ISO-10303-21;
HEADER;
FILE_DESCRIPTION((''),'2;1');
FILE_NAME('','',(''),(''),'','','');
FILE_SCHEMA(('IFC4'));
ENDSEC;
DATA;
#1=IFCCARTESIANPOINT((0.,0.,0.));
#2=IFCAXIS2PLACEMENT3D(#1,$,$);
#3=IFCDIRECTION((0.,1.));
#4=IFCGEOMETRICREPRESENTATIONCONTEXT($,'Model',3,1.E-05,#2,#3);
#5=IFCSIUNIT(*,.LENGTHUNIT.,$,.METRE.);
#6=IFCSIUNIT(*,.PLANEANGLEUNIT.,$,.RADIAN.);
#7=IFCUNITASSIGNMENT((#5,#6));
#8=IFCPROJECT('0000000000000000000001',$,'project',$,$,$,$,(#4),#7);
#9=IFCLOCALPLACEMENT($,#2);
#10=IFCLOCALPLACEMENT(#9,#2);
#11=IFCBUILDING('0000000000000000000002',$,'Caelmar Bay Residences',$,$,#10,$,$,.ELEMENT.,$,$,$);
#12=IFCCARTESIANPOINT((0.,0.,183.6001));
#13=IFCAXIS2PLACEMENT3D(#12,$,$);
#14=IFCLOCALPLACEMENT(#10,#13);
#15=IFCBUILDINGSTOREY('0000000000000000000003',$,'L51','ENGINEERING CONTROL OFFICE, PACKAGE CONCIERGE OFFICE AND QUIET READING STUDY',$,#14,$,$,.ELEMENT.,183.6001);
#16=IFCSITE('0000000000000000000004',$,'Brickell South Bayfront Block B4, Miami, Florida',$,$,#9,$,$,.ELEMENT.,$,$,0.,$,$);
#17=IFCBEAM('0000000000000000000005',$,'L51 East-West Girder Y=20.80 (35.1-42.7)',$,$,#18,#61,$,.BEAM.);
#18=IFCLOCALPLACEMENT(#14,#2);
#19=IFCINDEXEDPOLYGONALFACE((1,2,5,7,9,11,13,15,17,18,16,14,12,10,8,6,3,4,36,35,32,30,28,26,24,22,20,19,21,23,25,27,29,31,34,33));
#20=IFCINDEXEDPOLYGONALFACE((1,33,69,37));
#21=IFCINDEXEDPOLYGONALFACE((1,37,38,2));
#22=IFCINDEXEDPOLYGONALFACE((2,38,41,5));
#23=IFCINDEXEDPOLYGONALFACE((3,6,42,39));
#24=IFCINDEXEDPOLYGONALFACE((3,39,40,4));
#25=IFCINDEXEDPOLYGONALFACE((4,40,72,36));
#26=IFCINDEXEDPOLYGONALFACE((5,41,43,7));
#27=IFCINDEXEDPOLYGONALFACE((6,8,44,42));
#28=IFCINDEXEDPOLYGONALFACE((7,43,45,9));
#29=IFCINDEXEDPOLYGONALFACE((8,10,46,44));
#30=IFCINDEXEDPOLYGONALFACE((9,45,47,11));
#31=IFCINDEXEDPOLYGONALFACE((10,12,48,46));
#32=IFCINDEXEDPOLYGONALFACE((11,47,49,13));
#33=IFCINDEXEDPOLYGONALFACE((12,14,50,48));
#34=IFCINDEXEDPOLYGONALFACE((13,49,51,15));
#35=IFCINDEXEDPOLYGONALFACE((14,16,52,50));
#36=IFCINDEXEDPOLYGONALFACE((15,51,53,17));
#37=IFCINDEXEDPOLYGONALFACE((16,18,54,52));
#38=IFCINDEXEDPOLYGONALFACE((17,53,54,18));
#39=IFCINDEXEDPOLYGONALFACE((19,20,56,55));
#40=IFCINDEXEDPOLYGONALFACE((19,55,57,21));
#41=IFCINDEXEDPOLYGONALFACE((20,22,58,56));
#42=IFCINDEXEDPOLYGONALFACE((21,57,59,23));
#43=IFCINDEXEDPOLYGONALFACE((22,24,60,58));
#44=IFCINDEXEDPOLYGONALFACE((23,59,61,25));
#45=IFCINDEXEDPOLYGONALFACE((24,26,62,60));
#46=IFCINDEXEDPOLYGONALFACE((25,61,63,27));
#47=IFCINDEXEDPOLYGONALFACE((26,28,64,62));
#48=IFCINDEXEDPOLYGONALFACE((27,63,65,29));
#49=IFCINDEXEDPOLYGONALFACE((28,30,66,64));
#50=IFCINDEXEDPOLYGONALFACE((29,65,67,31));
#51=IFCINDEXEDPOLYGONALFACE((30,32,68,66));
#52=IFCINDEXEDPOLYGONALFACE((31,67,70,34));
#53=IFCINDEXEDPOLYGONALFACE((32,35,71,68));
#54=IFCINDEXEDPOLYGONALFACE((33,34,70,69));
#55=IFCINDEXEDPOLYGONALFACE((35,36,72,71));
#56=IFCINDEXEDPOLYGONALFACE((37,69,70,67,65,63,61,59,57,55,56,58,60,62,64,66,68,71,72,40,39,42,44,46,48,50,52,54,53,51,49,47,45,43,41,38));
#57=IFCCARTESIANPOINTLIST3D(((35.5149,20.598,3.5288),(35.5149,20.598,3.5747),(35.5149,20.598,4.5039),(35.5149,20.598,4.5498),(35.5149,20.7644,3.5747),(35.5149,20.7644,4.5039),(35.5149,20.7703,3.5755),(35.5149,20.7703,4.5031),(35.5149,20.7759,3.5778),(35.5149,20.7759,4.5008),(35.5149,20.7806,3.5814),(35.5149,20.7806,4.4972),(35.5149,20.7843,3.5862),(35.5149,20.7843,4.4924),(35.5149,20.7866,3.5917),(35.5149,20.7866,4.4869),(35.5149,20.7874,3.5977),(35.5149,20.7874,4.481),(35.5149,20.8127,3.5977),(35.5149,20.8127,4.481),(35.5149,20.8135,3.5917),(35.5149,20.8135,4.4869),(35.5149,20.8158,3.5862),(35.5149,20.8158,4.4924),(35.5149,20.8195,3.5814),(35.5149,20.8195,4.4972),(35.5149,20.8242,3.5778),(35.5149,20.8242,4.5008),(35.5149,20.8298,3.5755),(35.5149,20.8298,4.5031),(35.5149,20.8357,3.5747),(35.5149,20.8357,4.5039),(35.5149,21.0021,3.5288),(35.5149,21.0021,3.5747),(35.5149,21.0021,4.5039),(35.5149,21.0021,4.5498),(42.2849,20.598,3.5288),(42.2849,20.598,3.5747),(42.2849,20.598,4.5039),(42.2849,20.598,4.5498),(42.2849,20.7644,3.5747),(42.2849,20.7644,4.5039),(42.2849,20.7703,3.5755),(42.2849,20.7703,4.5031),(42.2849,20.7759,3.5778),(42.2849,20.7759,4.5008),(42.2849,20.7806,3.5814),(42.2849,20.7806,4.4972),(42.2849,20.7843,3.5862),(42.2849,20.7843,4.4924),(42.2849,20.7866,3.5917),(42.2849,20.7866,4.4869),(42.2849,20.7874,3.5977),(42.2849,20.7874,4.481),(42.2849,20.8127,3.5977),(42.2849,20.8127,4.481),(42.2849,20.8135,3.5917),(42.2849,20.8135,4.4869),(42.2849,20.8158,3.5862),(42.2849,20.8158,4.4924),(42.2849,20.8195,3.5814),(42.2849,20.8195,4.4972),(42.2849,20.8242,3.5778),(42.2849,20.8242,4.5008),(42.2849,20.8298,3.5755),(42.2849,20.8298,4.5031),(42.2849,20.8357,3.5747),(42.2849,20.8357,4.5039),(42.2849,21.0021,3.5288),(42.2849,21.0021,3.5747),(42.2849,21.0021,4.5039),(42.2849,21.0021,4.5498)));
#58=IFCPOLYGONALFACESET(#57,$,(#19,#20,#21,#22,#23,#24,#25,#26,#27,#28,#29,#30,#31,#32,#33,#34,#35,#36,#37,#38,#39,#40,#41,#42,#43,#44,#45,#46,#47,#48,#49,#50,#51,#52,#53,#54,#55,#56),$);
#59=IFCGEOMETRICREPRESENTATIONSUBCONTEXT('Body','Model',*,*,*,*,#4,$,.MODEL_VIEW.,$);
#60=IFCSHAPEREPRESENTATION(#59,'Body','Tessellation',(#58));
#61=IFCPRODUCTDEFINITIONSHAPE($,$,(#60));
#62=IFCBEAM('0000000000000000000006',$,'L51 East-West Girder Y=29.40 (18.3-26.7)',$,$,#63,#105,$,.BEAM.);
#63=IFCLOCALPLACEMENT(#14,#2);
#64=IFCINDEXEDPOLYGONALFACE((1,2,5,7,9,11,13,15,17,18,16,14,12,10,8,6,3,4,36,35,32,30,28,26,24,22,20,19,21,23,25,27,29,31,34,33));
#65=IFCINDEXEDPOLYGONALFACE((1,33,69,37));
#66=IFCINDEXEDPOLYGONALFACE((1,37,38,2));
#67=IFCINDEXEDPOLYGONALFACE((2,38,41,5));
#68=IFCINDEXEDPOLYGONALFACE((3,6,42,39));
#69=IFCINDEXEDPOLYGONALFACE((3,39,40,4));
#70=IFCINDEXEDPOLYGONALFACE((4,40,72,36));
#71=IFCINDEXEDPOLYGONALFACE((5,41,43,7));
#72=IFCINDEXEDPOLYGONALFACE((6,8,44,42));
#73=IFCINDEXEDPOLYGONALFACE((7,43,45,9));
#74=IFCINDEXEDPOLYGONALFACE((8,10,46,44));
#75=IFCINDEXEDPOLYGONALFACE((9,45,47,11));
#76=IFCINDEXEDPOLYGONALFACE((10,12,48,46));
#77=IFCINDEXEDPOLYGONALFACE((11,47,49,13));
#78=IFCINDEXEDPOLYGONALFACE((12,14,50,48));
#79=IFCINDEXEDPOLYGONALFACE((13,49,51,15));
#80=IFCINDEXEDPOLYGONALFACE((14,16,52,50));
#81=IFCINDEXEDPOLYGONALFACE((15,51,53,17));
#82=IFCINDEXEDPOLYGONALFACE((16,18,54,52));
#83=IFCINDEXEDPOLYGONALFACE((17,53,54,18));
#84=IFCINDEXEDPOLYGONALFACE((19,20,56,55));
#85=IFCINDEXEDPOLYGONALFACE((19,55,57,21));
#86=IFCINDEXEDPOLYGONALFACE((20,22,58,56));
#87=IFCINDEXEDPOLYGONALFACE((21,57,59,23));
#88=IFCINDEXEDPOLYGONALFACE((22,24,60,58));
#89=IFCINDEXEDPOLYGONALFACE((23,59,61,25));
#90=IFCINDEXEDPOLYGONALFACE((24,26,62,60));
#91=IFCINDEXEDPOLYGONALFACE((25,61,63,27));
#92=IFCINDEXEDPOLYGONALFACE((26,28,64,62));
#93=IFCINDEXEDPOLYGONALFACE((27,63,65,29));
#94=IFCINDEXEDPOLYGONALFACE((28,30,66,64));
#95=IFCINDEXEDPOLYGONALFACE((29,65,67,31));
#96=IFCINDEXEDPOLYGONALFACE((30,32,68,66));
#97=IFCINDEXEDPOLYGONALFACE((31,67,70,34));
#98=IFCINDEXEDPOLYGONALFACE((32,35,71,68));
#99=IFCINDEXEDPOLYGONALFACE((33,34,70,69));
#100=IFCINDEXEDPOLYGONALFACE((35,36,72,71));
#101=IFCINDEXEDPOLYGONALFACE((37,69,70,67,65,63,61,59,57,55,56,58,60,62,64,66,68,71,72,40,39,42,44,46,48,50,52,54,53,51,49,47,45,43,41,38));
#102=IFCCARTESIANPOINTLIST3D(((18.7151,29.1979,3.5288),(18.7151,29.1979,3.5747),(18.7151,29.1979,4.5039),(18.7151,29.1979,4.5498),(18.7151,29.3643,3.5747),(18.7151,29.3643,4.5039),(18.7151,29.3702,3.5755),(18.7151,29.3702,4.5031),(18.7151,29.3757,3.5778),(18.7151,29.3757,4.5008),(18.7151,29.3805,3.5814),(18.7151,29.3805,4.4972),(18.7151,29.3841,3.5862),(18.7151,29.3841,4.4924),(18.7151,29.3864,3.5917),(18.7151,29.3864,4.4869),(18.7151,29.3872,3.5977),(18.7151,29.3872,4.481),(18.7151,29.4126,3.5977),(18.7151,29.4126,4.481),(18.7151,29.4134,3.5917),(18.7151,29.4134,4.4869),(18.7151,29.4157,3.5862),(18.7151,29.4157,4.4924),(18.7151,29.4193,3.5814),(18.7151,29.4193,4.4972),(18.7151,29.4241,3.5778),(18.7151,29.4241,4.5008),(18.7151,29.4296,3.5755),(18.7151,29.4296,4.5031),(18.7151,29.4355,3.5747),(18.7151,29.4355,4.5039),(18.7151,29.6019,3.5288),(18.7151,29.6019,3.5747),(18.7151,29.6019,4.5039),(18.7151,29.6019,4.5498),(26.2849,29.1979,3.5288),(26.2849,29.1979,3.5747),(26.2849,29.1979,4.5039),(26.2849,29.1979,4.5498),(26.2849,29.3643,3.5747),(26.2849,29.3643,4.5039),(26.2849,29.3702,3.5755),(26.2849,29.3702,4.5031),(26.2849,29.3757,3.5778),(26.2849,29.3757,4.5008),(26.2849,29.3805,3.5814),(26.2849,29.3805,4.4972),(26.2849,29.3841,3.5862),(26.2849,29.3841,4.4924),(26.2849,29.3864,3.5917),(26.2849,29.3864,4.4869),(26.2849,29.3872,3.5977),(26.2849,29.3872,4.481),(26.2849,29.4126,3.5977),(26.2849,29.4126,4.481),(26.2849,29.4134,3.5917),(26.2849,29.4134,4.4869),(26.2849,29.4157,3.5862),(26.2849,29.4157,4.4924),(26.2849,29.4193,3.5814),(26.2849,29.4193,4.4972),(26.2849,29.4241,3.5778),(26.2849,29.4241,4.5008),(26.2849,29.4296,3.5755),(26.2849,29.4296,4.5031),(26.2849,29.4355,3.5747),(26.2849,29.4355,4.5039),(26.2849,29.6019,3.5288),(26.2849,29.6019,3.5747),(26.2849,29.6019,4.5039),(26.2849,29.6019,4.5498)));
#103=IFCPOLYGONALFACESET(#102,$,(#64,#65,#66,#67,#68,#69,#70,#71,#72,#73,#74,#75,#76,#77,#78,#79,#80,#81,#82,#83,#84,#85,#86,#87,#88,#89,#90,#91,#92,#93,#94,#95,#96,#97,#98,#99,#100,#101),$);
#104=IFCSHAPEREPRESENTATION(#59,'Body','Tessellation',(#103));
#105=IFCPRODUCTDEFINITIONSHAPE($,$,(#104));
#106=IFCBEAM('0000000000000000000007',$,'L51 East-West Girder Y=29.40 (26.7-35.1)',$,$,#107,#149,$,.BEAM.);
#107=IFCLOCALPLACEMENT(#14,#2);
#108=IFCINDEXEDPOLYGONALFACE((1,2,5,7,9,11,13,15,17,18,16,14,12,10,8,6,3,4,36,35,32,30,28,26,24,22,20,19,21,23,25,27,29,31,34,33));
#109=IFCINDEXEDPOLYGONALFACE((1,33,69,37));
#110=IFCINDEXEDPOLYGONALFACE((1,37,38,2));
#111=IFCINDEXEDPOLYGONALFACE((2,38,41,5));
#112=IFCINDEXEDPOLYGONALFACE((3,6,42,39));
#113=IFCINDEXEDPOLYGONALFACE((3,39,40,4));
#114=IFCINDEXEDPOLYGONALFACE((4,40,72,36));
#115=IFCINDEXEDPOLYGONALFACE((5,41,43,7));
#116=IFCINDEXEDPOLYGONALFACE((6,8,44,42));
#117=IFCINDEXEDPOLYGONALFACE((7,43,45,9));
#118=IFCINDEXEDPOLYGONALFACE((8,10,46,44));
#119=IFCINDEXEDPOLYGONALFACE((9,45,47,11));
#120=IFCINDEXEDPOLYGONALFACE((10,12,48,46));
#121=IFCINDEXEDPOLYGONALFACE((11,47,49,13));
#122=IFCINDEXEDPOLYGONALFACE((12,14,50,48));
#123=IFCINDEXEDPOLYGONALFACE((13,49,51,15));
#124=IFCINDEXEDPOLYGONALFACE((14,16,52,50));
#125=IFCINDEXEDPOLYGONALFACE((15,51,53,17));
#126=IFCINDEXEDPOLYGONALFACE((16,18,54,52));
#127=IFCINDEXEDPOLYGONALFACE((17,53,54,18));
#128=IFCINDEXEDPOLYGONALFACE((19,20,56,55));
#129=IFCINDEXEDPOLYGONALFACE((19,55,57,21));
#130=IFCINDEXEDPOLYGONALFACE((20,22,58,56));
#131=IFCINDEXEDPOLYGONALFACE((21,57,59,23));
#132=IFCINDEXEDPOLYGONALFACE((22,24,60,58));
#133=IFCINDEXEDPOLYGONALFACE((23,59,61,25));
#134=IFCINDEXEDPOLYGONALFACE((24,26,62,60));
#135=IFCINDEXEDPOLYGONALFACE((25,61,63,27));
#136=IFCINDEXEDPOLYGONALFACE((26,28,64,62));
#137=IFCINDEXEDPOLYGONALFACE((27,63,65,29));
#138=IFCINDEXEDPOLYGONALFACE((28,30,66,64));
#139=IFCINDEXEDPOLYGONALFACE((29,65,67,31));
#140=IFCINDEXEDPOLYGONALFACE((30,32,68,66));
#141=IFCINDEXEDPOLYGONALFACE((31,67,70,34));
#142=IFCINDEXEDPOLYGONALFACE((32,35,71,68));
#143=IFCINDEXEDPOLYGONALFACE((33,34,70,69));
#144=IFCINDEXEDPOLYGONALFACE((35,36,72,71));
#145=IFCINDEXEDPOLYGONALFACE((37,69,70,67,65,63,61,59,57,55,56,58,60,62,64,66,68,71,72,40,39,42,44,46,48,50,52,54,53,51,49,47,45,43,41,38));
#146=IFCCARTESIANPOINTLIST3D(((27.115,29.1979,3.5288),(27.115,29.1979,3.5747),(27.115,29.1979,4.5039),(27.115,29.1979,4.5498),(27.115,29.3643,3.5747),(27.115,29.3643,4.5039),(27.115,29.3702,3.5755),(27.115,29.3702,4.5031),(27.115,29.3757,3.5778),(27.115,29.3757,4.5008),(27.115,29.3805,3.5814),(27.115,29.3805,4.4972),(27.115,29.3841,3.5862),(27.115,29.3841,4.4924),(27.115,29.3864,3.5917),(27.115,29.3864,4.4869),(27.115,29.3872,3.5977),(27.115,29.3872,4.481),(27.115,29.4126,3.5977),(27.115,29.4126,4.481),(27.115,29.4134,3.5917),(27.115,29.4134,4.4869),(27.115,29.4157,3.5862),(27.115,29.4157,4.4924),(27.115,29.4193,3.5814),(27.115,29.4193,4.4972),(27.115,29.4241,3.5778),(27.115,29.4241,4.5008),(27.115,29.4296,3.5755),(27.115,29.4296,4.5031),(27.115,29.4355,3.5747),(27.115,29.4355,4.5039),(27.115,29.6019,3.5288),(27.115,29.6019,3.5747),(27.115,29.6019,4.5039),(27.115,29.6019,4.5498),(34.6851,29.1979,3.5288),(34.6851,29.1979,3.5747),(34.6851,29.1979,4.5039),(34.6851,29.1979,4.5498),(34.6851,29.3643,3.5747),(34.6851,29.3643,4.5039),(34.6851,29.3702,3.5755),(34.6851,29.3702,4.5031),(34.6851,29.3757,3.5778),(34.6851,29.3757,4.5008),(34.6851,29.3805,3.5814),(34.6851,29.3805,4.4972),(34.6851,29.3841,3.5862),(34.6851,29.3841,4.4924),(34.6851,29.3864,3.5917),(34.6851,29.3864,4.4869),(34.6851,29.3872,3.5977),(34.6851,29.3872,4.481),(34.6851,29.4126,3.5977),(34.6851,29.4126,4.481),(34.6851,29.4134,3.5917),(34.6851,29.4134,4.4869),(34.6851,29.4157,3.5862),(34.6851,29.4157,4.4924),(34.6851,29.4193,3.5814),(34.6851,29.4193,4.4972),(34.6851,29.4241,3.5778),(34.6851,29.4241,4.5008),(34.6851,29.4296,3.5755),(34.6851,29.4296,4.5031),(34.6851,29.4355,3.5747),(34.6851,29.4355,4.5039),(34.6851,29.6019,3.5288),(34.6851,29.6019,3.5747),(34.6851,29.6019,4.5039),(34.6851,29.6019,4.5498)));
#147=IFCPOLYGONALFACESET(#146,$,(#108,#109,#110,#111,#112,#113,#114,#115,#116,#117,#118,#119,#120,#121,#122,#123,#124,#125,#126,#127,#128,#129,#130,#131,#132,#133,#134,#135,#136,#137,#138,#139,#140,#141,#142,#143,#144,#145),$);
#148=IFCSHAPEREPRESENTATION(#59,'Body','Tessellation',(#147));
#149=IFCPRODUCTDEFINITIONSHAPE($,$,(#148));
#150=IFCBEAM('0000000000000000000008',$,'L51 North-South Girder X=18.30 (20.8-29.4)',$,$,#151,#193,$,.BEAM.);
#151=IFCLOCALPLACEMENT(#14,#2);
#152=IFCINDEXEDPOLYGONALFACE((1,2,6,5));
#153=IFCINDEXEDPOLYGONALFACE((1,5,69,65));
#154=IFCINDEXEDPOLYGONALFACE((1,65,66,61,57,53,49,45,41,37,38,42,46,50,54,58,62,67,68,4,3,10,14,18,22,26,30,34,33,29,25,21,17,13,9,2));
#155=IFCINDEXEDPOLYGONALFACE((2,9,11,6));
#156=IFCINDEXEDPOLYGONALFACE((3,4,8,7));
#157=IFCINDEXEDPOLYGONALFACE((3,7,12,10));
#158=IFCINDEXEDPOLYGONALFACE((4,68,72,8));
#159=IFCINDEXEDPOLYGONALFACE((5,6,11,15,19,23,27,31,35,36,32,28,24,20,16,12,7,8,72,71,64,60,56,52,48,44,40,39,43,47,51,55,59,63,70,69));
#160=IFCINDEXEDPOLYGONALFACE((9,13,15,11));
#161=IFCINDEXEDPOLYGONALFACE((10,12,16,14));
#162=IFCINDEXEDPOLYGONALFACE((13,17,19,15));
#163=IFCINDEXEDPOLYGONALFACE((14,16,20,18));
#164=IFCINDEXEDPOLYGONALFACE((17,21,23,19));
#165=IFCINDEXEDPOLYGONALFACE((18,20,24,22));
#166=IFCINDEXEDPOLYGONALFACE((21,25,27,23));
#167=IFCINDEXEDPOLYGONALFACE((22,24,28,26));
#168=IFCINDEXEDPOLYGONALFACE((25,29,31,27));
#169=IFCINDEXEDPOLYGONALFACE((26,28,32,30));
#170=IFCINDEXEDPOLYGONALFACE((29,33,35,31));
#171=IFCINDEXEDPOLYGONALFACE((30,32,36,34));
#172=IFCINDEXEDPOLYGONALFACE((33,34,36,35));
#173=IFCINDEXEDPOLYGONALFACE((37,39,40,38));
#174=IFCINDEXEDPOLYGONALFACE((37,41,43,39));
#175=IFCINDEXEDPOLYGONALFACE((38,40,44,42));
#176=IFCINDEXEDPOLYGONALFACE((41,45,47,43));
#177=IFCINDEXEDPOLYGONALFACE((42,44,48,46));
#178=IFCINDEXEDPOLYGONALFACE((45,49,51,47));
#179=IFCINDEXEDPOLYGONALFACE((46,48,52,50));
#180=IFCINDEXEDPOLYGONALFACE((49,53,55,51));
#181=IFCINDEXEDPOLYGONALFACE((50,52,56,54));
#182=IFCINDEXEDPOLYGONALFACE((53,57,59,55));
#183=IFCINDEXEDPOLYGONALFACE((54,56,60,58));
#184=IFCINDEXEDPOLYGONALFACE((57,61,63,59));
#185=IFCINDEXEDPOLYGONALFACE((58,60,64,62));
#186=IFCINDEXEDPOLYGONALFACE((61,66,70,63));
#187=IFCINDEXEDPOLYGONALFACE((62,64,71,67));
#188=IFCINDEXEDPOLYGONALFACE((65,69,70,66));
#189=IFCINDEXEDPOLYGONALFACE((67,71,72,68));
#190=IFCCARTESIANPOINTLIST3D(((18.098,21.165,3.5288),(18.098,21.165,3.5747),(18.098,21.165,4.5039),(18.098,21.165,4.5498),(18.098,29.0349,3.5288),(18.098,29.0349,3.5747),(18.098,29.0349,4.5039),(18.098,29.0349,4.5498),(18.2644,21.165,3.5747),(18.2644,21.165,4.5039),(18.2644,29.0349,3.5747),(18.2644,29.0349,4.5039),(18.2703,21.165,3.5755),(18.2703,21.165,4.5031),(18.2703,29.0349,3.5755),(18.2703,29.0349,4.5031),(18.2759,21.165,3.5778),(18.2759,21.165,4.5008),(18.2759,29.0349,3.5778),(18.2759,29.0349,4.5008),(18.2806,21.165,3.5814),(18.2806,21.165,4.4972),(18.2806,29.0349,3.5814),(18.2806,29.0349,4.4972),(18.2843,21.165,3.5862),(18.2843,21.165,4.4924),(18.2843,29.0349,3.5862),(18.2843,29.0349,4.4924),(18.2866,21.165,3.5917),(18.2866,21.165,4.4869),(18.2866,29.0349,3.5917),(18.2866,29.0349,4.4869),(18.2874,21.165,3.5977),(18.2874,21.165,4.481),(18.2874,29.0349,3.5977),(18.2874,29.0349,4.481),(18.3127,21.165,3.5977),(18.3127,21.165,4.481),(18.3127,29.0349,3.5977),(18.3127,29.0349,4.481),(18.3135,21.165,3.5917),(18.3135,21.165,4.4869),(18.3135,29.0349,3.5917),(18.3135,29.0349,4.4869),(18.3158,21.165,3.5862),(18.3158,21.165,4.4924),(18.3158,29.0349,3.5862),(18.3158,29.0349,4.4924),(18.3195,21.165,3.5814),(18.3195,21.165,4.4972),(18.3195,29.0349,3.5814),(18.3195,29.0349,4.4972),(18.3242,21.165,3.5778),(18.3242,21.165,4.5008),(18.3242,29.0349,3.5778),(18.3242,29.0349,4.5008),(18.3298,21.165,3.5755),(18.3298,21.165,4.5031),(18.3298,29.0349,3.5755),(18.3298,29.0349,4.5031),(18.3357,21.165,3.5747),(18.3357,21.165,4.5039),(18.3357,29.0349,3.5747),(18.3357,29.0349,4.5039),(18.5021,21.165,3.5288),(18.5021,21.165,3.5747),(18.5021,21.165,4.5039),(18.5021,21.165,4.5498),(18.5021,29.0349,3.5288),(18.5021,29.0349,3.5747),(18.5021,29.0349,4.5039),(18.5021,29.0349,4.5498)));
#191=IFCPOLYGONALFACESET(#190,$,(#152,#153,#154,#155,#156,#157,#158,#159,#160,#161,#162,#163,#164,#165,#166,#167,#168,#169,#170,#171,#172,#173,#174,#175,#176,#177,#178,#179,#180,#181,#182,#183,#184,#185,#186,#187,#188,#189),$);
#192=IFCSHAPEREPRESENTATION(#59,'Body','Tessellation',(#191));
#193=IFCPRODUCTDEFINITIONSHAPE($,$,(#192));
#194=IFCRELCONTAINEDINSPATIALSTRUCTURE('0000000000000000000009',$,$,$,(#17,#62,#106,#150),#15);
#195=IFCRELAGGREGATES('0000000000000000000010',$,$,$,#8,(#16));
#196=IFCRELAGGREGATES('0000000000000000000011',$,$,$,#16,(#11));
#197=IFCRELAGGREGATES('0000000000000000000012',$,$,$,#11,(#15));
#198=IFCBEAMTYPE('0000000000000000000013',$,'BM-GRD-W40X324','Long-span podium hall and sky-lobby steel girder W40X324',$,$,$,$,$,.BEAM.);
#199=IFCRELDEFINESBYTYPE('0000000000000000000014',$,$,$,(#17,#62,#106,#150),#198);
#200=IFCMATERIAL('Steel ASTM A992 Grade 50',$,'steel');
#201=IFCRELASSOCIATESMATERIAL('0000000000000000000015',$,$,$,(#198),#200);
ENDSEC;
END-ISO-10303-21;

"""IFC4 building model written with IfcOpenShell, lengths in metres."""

from ifc_helpers import new_model, si_unit, direction, frame, origin, origin_2d, place, context, subcontext, project, spatial, i_section, extrude, material, material_profile, profile_set, type_object, element, save


model = new_model("IFC4")

# Units and contexts
model_context = context("Model", 3, precision=1e-05, world=origin(), true_north=direction((0.0, 1.0)))
body_context = subcontext(model_context, "Body", "Model", "MODEL_VIEW")
ifc_project = project(units=[si_unit("LENGTHUNIT", "METRE"), si_unit("PLANEANGLEUNIT", "RADIAN")], contexts=[model_context])

# Site, building, storey
site_placement = place(None, origin())
site = spatial("IfcSite", under=ifc_project, at=site_placement, Name="Brickell South Bayfront Block B4, Miami, Florida", CompositionType="ELEMENT", RefElevation=0.0)
building_placement = place(site_placement, origin())
building = spatial("IfcBuilding", under=site, at=building_placement, Name="Caelmar Bay Residences", CompositionType="ELEMENT")
storey_placement = place(building_placement, frame((0.0, 0.0, 183.6001)))
storey = spatial("IfcBuildingStorey", under=building, at=storey_placement, Name="L51", Description="ENGINEERING CONTROL OFFICE, PACKAGE CONCIERGE OFFICE AND QUIET READING STUDY", CompositionType="ELEMENT", Elevation=183.6001)

# Beams
ifc_material_1 = material(Name="Steel ASTM A992 Grade 50", Category="steel")
ifc_material_profile_1 = material_profile(ifc_material_1, i_section(OverallWidth=0.4041, OverallDepth=1.021, WebThickness=0.0254, FlangeThickness=0.0459, FilletRadius=0.0229, at=origin_2d()), Name="W40X324")
ifc_profile_set_1 = profile_set([ifc_material_profile_1], Name="Steel ASTM A992 Grade 50")
beam_type_1 = type_object("IfcBeamType", Name="BM-GRD-W40X324", Description="Long-span podium hall and sky-lobby steel girder W40X324", PredefinedType="BEAM", material=ifc_profile_set_1)
beam_1_placement = place(storey_placement, frame((35.5149, 20.8, 4.0393), z_axis=(1.0, 0.0, 0.0), x_axis=(0.0, 1.0, 0.0)))
element("IfcBeam", 1, at=beam_1_placement, inside=storey, type_object=beam_type_1, Name="L51 East-West Girder Y=20.80 (35.1-42.7)", PredefinedType="BEAM", context=body_context, shape_type="SweptSolid", body=[
    extrude(i_section(OverallWidth=0.4041, OverallDepth=1.021, WebThickness=0.0254, FlangeThickness=0.0459, FilletRadius=0.0229, at=origin_2d()), origin(), (0.0, 0.0, 1.0), 6.77),
])
beam_2_placement = place(storey_placement, frame((18.7151, 29.3999, 4.0393), z_axis=(1.0, 0.0, 0.0), x_axis=(0.0, 1.0, 0.0)))
element("IfcBeam", 2, at=beam_2_placement, inside=storey, type_object=beam_type_1, Name="L51 East-West Girder Y=29.40 (18.3-26.7)", PredefinedType="BEAM", context=body_context, shape_type="SweptSolid", body=[
    extrude(i_section(OverallWidth=0.4041, OverallDepth=1.021, WebThickness=0.0254, FlangeThickness=0.0459, FilletRadius=0.0229, at=origin_2d()), origin(), (0.0, 0.0, 1.0), 7.5698),
])
beam_3_placement = place(storey_placement, frame((27.115, 29.3999, 4.0393), z_axis=(1.0, 0.0, 0.0), x_axis=(0.0, 1.0, 0.0)))
element("IfcBeam", 3, at=beam_3_placement, inside=storey, type_object=beam_type_1, Name="L51 East-West Girder Y=29.40 (26.7-35.1)", PredefinedType="BEAM", context=body_context, shape_type="SweptSolid", body=[
    extrude(i_section(OverallWidth=0.4041, OverallDepth=1.021, WebThickness=0.0254, FlangeThickness=0.0459, FilletRadius=0.0229, at=origin_2d()), origin(), (0.0, 0.0, 1.0), 7.5701),
])
for number, where, z_axis, x_axis, name in (
    (4, (18.3, 21.165, 4.0393), (0.0, 1.0, 0.0), (-1.0, 0.0, 0.0), "L51 North-South Girder X=18.30 (20.8-29.4)"),
):
    element("IfcBeam", number, at=place(storey_placement, frame(where, z_axis=z_axis, x_axis=x_axis)), inside=storey, type_object=beam_type_1, Name=name, PredefinedType="BEAM", context=body_context, shape_type="SweptSolid", body=[
        extrude(i_section(OverallWidth=0.4041, OverallDepth=1.021, WebThickness=0.0254, FlangeThickness=0.0459, FilletRadius=0.0229, at=origin_2d()), origin(), (0.0, 0.0, 1.0), 7.8699),
    ])

save(model, "model.ifc")
